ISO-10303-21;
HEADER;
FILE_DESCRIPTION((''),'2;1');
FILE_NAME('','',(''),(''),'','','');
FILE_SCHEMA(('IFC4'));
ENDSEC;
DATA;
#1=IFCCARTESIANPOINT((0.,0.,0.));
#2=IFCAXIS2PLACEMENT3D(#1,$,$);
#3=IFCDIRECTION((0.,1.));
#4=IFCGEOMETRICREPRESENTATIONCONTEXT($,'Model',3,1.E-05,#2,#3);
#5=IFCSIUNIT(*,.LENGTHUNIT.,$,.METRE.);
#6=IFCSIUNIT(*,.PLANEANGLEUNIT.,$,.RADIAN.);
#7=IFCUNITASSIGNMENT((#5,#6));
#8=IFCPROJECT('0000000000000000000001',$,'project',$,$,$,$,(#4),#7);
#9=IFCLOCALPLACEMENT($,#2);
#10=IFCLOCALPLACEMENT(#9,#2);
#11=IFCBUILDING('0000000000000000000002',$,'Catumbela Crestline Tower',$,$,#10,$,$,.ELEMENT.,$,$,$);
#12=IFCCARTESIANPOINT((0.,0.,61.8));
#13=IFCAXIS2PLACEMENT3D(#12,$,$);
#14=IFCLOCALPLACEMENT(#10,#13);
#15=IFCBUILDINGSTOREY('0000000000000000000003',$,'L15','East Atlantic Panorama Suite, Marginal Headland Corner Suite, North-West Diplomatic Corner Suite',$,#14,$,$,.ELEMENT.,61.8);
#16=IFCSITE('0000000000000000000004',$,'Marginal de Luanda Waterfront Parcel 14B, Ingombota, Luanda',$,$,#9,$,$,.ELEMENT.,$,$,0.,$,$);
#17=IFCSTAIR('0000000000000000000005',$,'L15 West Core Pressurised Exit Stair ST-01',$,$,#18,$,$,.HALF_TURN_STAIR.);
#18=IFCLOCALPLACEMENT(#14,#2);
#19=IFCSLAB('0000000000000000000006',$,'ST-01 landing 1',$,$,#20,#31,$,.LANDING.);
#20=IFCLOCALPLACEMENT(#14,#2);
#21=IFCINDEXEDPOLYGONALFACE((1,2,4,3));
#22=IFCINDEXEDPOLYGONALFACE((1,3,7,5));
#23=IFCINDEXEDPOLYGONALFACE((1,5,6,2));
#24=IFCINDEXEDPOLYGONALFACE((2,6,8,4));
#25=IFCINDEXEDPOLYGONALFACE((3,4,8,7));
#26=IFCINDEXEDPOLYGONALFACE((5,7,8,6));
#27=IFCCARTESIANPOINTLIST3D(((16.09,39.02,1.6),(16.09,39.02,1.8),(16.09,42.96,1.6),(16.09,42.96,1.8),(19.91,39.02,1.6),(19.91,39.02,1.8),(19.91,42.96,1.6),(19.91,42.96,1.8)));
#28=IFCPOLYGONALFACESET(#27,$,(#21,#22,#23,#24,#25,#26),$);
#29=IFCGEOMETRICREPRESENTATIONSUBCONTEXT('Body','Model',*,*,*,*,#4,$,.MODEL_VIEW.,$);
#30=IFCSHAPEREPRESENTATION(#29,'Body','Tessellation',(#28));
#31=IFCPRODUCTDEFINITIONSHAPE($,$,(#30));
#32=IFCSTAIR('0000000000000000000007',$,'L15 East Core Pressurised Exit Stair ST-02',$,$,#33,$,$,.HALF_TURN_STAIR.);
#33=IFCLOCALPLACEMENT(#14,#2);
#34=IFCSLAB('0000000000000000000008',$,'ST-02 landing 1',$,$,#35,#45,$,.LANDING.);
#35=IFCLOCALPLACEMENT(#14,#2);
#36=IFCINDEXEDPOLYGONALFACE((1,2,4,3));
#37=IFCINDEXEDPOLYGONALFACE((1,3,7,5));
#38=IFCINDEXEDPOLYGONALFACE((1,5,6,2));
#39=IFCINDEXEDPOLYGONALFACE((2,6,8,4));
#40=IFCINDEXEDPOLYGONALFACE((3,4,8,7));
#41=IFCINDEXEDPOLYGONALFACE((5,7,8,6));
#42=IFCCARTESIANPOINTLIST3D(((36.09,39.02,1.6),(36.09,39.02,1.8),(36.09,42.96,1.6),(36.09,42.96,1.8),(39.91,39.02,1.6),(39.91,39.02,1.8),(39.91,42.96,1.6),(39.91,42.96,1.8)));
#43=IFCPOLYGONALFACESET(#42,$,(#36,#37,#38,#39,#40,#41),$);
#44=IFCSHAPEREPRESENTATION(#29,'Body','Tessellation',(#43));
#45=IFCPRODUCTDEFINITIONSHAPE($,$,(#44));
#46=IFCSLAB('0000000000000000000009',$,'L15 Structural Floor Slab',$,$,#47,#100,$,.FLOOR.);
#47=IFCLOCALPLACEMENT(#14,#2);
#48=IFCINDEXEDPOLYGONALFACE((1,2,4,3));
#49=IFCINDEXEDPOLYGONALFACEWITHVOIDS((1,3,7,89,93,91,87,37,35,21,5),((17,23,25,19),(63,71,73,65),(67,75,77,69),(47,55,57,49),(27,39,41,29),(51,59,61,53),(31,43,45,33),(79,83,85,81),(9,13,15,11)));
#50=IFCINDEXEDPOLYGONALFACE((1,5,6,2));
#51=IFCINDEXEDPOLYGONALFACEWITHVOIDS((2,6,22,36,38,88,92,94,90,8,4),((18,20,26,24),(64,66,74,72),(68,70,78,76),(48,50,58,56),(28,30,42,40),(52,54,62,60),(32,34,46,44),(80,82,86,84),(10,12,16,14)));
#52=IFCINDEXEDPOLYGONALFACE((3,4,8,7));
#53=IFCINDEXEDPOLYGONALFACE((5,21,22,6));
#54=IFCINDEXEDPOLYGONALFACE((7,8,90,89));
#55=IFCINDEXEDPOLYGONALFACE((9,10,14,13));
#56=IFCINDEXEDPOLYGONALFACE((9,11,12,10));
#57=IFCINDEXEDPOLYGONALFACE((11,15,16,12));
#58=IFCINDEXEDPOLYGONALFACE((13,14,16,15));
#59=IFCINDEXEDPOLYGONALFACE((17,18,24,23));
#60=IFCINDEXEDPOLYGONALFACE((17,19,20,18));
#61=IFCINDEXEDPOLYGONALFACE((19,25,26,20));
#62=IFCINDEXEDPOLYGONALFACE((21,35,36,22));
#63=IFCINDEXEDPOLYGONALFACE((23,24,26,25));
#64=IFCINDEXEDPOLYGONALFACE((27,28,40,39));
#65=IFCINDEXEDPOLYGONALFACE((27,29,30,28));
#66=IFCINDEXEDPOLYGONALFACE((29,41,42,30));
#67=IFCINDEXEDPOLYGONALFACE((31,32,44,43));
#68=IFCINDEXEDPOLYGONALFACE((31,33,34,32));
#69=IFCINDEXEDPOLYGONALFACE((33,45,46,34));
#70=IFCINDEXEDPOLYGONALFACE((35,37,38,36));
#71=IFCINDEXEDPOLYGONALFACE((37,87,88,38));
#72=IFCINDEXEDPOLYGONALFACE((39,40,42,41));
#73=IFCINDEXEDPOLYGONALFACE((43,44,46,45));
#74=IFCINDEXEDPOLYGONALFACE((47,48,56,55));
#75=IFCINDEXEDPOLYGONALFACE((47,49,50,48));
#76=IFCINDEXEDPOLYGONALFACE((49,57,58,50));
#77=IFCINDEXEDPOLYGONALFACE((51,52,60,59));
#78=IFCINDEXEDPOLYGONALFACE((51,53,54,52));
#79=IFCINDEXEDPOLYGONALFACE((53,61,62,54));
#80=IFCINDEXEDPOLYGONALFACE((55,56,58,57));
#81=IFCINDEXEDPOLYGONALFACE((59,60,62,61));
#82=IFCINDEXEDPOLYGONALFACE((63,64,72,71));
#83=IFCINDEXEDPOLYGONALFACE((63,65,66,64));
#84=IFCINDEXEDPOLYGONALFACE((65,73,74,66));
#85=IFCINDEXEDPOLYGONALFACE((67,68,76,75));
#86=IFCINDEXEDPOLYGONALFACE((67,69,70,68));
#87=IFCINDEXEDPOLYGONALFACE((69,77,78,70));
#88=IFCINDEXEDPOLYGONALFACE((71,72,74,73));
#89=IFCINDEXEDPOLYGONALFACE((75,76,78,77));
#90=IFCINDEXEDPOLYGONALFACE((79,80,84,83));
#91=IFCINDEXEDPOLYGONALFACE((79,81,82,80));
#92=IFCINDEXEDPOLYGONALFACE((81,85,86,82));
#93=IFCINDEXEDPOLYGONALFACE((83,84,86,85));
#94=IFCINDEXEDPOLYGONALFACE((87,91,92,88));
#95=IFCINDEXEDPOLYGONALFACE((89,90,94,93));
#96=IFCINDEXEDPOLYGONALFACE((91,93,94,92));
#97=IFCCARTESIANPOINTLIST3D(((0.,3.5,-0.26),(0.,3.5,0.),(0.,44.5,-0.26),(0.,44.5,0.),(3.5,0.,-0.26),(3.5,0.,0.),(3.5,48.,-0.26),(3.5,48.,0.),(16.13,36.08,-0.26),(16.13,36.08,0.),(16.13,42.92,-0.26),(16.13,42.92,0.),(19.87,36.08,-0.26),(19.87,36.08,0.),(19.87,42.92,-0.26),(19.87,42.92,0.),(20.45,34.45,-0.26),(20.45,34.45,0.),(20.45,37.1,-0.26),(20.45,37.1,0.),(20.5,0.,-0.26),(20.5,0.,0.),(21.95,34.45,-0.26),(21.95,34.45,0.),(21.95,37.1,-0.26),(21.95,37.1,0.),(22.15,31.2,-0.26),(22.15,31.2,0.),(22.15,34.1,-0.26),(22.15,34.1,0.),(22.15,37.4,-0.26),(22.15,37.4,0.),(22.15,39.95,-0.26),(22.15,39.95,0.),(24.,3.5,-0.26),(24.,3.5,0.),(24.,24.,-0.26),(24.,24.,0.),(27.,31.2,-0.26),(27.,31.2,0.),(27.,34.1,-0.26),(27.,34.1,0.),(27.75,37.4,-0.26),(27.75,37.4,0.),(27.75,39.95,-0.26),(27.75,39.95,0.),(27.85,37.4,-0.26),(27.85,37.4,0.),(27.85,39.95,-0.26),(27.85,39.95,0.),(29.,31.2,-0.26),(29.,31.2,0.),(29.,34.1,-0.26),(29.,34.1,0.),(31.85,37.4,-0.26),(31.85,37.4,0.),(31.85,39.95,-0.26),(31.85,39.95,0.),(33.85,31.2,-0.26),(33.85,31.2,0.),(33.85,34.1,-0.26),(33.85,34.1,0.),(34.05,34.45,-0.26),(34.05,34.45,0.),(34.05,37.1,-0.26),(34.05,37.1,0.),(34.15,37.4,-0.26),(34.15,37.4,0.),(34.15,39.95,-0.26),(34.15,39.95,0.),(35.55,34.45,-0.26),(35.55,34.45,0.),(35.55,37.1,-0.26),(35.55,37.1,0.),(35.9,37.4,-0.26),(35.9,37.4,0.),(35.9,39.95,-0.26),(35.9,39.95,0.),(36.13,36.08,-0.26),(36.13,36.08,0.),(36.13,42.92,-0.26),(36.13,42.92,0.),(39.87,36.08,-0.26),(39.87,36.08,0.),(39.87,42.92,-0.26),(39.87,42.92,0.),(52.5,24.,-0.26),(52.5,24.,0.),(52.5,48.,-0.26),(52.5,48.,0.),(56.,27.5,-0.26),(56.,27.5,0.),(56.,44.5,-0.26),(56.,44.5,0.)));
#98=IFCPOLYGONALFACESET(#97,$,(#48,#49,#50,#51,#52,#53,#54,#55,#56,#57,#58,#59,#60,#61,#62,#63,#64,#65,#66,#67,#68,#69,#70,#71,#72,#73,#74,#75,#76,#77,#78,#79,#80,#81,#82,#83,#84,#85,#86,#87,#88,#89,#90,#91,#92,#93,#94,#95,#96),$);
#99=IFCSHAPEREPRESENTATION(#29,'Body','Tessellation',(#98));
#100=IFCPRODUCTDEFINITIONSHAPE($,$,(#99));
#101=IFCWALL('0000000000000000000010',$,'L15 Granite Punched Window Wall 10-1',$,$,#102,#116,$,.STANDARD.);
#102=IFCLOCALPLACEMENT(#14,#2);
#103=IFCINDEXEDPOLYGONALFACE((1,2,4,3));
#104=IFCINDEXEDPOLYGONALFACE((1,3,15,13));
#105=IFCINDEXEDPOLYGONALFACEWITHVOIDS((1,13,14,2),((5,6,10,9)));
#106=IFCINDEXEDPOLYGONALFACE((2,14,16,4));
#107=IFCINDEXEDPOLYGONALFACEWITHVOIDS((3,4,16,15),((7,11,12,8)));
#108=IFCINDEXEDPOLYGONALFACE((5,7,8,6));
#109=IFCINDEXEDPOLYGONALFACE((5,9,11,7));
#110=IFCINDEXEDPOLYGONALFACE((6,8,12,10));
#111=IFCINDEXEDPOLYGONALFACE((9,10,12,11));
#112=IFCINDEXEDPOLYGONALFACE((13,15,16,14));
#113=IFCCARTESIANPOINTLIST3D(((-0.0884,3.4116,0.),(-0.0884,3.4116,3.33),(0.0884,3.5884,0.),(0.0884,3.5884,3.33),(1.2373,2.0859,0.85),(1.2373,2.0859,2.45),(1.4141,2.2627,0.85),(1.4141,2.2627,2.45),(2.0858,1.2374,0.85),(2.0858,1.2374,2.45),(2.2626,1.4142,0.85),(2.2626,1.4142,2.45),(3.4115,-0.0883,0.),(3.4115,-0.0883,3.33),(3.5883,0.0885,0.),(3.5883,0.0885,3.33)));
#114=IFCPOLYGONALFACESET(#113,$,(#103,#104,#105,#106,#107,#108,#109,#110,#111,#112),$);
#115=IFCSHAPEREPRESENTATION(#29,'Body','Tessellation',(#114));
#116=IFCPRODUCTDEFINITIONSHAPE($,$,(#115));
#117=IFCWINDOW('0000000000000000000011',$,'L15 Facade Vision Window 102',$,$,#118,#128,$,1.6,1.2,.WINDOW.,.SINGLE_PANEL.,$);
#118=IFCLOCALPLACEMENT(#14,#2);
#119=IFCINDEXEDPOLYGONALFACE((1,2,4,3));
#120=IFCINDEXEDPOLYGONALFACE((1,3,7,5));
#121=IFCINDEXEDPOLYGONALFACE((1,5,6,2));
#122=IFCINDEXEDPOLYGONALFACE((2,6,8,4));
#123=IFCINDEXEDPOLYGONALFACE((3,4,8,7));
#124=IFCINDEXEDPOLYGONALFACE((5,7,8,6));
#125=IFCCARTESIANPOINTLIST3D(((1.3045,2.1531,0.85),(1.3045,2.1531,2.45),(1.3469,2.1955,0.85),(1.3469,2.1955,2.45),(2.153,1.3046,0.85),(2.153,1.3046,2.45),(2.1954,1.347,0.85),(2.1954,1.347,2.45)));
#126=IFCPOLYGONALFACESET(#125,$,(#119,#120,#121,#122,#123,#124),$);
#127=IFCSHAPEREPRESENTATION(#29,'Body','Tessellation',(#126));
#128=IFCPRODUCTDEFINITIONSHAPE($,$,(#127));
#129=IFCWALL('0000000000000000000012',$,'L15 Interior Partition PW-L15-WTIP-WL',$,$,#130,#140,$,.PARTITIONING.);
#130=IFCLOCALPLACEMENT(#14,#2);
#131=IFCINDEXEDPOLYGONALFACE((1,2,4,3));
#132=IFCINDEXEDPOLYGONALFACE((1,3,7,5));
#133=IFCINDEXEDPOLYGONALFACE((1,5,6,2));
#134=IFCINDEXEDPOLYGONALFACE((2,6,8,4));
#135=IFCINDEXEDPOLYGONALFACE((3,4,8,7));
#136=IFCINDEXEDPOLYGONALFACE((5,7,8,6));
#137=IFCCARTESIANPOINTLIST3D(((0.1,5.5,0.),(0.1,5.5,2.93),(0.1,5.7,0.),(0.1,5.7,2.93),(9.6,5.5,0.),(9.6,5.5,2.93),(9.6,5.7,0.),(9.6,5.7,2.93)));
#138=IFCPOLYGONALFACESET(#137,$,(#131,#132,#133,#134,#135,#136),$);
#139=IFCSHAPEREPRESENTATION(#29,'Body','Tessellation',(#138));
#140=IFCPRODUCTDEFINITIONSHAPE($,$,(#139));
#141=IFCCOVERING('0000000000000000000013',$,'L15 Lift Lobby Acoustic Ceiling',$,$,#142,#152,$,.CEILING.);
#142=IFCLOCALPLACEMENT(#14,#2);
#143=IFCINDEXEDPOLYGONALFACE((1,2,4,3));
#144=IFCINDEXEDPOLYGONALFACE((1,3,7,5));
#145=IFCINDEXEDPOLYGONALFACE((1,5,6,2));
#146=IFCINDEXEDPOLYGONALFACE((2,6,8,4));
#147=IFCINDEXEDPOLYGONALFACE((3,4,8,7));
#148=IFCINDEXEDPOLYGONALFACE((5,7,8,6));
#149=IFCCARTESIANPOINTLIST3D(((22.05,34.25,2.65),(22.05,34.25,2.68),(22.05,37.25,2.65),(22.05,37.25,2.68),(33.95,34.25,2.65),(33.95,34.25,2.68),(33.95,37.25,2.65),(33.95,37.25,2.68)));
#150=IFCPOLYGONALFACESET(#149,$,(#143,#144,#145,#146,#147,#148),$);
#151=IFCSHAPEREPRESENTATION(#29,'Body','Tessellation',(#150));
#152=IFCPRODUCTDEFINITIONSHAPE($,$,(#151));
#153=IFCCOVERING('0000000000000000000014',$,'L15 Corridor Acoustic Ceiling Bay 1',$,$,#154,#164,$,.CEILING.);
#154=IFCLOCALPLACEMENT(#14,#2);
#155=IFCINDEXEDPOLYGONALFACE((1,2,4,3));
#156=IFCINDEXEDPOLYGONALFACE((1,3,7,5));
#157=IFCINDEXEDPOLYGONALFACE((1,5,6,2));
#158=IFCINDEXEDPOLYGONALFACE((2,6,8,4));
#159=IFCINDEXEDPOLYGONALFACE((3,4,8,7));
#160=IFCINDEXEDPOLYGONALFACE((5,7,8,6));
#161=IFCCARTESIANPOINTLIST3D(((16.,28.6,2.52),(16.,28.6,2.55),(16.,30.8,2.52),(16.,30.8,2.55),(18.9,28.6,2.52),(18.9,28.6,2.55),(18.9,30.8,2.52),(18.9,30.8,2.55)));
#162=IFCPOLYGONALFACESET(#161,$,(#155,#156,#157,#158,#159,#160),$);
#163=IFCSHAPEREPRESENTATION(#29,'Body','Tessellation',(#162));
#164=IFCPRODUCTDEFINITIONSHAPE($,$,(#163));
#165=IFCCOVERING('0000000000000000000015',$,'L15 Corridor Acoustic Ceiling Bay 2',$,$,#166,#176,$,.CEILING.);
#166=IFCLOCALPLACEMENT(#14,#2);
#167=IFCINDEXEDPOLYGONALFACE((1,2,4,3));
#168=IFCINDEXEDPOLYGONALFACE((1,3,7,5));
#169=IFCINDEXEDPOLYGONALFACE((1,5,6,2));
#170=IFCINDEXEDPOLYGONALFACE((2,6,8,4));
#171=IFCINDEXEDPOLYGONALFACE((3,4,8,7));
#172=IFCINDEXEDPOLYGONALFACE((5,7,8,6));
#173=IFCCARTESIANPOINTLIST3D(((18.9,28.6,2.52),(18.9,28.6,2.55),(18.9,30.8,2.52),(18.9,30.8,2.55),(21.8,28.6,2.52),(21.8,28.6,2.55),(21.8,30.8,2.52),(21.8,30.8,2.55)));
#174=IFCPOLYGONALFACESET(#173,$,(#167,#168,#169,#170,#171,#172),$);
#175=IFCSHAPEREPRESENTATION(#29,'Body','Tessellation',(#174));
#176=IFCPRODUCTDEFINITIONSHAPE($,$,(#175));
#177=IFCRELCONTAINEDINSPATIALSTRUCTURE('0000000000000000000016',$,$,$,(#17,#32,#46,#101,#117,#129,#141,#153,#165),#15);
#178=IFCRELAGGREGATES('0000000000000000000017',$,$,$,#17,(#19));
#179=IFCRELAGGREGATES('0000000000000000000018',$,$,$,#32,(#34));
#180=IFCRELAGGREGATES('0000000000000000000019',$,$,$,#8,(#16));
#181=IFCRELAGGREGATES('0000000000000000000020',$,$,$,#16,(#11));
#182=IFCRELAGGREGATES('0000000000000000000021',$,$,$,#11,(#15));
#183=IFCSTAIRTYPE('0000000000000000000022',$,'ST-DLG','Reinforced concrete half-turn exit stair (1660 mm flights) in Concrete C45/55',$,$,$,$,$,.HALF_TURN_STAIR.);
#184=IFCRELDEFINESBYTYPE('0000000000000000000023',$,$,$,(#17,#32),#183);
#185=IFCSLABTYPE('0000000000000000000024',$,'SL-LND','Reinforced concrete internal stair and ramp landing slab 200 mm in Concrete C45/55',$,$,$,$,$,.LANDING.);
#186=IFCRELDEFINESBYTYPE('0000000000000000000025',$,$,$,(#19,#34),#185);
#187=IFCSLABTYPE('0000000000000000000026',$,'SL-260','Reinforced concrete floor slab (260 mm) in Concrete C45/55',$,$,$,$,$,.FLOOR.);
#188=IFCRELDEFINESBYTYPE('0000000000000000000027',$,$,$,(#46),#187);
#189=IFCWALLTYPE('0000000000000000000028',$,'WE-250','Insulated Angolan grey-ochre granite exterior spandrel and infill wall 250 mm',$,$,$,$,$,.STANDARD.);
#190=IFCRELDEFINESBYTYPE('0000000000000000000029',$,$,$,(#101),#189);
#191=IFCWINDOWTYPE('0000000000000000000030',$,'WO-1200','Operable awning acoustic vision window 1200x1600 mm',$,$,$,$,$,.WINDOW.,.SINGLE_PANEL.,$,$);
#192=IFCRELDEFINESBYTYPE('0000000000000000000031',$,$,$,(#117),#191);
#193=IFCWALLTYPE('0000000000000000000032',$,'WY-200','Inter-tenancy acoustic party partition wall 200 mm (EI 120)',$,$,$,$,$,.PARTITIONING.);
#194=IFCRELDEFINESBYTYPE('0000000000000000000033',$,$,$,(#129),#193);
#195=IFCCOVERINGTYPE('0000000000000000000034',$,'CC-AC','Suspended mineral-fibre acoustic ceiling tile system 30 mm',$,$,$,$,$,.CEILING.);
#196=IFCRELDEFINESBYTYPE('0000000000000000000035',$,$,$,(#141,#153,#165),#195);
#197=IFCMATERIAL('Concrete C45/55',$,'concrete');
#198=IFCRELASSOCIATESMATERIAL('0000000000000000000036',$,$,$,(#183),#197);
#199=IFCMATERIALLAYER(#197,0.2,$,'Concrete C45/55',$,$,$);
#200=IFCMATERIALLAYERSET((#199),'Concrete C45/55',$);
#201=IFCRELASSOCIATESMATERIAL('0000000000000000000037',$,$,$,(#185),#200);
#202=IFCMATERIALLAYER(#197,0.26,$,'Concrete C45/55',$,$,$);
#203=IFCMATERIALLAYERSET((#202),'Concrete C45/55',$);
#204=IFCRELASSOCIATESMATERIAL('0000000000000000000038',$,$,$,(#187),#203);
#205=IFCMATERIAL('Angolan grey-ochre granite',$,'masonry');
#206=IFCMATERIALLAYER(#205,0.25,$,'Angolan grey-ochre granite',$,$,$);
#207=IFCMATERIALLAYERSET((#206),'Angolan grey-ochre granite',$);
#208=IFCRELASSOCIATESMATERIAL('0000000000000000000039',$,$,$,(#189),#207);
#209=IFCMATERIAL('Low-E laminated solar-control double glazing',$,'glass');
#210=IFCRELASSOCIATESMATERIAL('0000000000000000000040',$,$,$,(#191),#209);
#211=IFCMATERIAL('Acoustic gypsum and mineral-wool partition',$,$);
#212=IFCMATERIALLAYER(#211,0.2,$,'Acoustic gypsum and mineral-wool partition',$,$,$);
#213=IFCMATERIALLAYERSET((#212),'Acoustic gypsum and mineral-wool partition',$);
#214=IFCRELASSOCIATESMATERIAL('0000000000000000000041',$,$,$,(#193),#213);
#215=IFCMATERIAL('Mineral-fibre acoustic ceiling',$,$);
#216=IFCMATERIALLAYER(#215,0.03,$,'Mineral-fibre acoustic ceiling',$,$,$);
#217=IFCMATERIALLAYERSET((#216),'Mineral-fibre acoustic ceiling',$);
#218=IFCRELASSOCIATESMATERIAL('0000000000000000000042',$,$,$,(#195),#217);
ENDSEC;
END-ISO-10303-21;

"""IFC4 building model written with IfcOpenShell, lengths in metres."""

from ifc_helpers import new_model, si_unit, direction, frame, frame_2d, origin, place, context, subcontext, project, spatial, polyline, rectangle, outline, extrude, material, layer, layer_set, type_object, element, fill, aggregate, save


model = new_model("IFC4")

# Units and contexts
model_context = context("Model", 3, precision=1e-05, world=origin(), true_north=direction((0.0, 1.0)))
body_context = subcontext(model_context, "Body", "Model", "MODEL_VIEW")
ifc_project = project(units=[si_unit("LENGTHUNIT", "METRE"), si_unit("PLANEANGLEUNIT", "RADIAN")], contexts=[model_context])

# Site, building, storey
site_placement = place(None, origin())
site = spatial("IfcSite", under=ifc_project, at=site_placement, Name="Marginal de Luanda Waterfront Parcel 14B, Ingombota, Luanda", CompositionType="ELEMENT", RefElevation=0.0)
building_placement = place(site_placement, origin())
building = spatial("IfcBuilding", under=site, at=building_placement, Name="Catumbela Crestline Tower", CompositionType="ELEMENT")
storey_placement = place(building_placement, frame((0.0, 0.0, 61.8)))
storey = spatial("IfcBuildingStorey", under=building, at=storey_placement, Name="L15", Description="East Atlantic Panorama Suite, Marginal Headland Corner Suite, North-West Diplomatic Corner Suite", CompositionType="ELEMENT", Elevation=61.8)

# Shared definitions
ifc_material_1 = material(Name="Low-E laminated solar-control double glazing", Category="glass")

# Stairs, slabs
ifc_material_2 = material(Name="Concrete C45/55", Category="concrete")
stair_type = type_object("IfcStairType", Name="ST-DLG", Description="Reinforced concrete half-turn exit stair (1660 mm flights) in Concrete C45/55", PredefinedType="HALF_TURN_STAIR", material=ifc_material_2)
stair_1_placement = place(storey_placement, origin())
stair_1 = element("IfcStair", 1, at=stair_1_placement, inside=storey, type_object=stair_type, Name="L15 West Core Pressurised Exit Stair ST-01", PredefinedType="HALF_TURN_STAIR")
ifc_layer_1 = layer(ifc_material_2, 0.2, Name="Concrete C45/55")
ifc_layer_set_1 = layer_set([ifc_layer_1], Name="Concrete C45/55")
slab_type_1 = type_object("IfcSlabType", Name="SL-LND", Description="Reinforced concrete internal stair and ramp landing slab 200 mm in Concrete C45/55", PredefinedType="LANDING", material=ifc_layer_set_1)
slab_1_placement = place(storey_placement, frame((0.0, 0.0, 1.6)))
slab_1 = element("IfcSlab", 2, at=slab_1_placement, type_object=slab_type_1, Name="ST-01 landing 1", PredefinedType="LANDING", context=body_context, shape_type="SweptSolid", body=[
    extrude(outline(polyline([(19.91, 39.02), (19.91, 42.96), (16.09, 42.96), (16.09, 39.02), (19.91, 39.02)])), origin(), (0.0, 0.0, 1.0), 0.2),
])
aggregate(stair_1, [slab_1])
stair_2_placement = place(storey_placement, origin())
stair_2 = element("IfcStair", 3, at=stair_2_placement, inside=storey, type_object=stair_type, Name="L15 East Core Pressurised Exit Stair ST-02", PredefinedType="HALF_TURN_STAIR")
slab_2_placement = place(storey_placement, frame((0.0, 0.0, 1.6)))
slab_2 = element("IfcSlab", 4, at=slab_2_placement, type_object=slab_type_1, Name="ST-02 landing 1", PredefinedType="LANDING", context=body_context, shape_type="SweptSolid", body=[
    extrude(outline(polyline([(39.91, 39.02), (39.91, 42.96), (36.09, 42.96), (36.09, 39.02), (39.91, 39.02)])), origin(), (0.0, 0.0, 1.0), 0.2),
])
aggregate(stair_2, [slab_2])

# Slab
ifc_layer_2 = layer(ifc_material_2, 0.26, Name="Concrete C45/55")
ifc_layer_set_2 = layer_set([ifc_layer_2], Name="Concrete C45/55")
slab_type_2 = type_object("IfcSlabType", Name="SL-260", Description="Reinforced concrete floor slab (260 mm) in Concrete C45/55", PredefinedType="FLOOR", material=ifc_layer_set_2)
slab_3_placement = place(storey_placement, frame((0.0, 0.0, -0.26)))
element("IfcSlab", 5, at=slab_3_placement, inside=storey, type_object=slab_type_2, Name="L15 Structural Floor Slab", PredefinedType="FLOOR", context=body_context, shape_type="SweptSolid", body=[
    extrude(outline(polyline([(3.5, 0.0), (20.5, 0.0), (24.0, 3.5), (24.0, 24.0), (52.5, 24.0), (56.0, 27.5), (56.0, 44.5), (52.5, 48.0), (3.5, 48.0), (0.0, 44.5), (0.0, 3.5), (3.5, 0.0)]), holes=[polyline([(16.13, 36.08), (19.87, 36.08), (19.87, 42.92), (16.13, 42.92), (16.13, 36.08)]), polyline([(36.13, 36.08), (39.87, 36.08), (39.87, 42.92), (36.13, 42.92), (36.13, 36.08)]), polyline([(22.15, 31.2), (27.0, 31.2), (27.0, 34.1), (22.15, 34.1), (22.15, 31.2)]), polyline([(29.0, 31.2), (33.85, 31.2), (33.85, 34.1), (29.0, 34.1), (29.0, 31.2)]), polyline([(22.15, 37.4), (27.75, 37.4), (27.75, 39.95), (22.15, 39.95), (22.15, 37.4)]), polyline([(27.85, 37.4), (31.85, 37.4), (31.85, 39.95), (27.85, 39.95), (27.85, 37.4)]), polyline([(20.45, 34.45), (21.95, 34.45), (21.95, 37.1), (20.45, 37.1), (20.45, 34.45)]), polyline([(34.05, 34.45), (35.55, 34.45), (35.55, 37.1), (34.05, 37.1), (34.05, 34.45)]), polyline([(34.15, 37.4), (35.9, 37.4), (35.9, 39.95), (34.15, 39.95), (34.15, 37.4)])]), origin(), (0.0, 0.0, 1.0), 0.26),
])

# Wall, opening, window
ifc_material_3 = material(Name="Angolan grey-ochre granite", Category="masonry")
ifc_layer_3 = layer(ifc_material_3, 0.25, Name="Angolan grey-ochre granite")
ifc_layer_set_3 = layer_set([ifc_layer_3], Name="Angolan grey-ochre granite")
wall_type_1 = type_object("IfcWallType", Name="WE-250", Description="Insulated Angolan grey-ochre granite exterior spandrel and infill wall 250 mm", PredefinedType="STANDARD", material=ifc_layer_set_3)
wall_1_placement = place(storey_placement, frame((0.0, 3.5, 0.0), z_axis=(0.0, 0.0, 1.0), x_axis=(0.707107, -0.707107, 0.0)))
wall_1 = element("IfcWall", 6, at=wall_1_placement, inside=storey, type_object=wall_type_1, Name="L15 Granite Punched Window Wall 10-1", PredefinedType="STANDARD", context=body_context, shape_type="SweptSolid", body=[
    extrude(rectangle(XDim=4.9497, YDim=0.25, at=frame_2d((2.4748, 0.0))), origin(), (0.0, 0.0, 1.0), 3.33),
])
opening_placement = place(wall_1_placement, frame((1.8748, 0.0, 0.85)))
opening = element("IfcOpeningElement", 7, at=opening_placement, cuts=wall_1, PredefinedType="OPENING", context=body_context, shape_type="SweptSolid", body=[
    extrude(rectangle(XDim=1.2, YDim=1.6, at=frame_2d((0.6, 0.8))), frame((0.0, 0.135, 0.0), z_axis=(0.0, -1.0, 0.0), x_axis=(1.0, 0.0, 0.0)), (0.0, 0.0, 1.0), 0.27),
])
window_type = type_object("IfcWindowType", Name="WO-1200", Description="Operable awning acoustic vision window 1200x1600 mm", PartitioningType="SINGLE_PANEL", PredefinedType="WINDOW", material=ifc_material_1)
window_placement = place(opening_placement, origin())
window = element("IfcWindow", 8, at=window_placement, inside=storey, type_object=window_type, Name="L15 Facade Vision Window 102", OverallHeight=1.6, OverallWidth=1.2, PartitioningType="SINGLE_PANEL", PredefinedType="WINDOW", context=body_context, shape_type="SweptSolid", body=[
    extrude(rectangle(XDim=1.2, YDim=1.6, at=frame_2d((0.6, 0.8))), frame((0.0, 0.03, 0.0), z_axis=(0.0, -1.0, 0.0), x_axis=(1.0, 0.0, 0.0)), (0.0, 0.0, 1.0), 0.06),
])
fill(opening, window)

# Wall
ifc_material_4 = material(Name="Acoustic gypsum and mineral-wool partition")
ifc_layer_4 = layer(ifc_material_4, 0.2, Name="Acoustic gypsum and mineral-wool partition")
ifc_layer_set_4 = layer_set([ifc_layer_4], Name="Acoustic gypsum and mineral-wool partition")
wall_type_2 = type_object("IfcWallType", Name="WY-200", Description="Inter-tenancy acoustic party partition wall 200 mm (EI 120)", PredefinedType="PARTITIONING", material=ifc_layer_set_4)
wall_2_placement = place(storey_placement, frame((0.1, 5.6, 0.0), z_axis=(0.0, 0.0, 1.0), x_axis=(1.0, 0.0, 0.0)))
element("IfcWall", 9, at=wall_2_placement, inside=storey, type_object=wall_type_2, Name="L15 Interior Partition PW-L15-WTIP-WL", PredefinedType="PARTITIONING", context=body_context, shape_type="SweptSolid", body=[
    extrude(rectangle(XDim=9.5, YDim=0.2, at=frame_2d((4.75, 0.0))), origin(), (0.0, 0.0, 1.0), 2.93),
])

# Coverings
ifc_material_5 = material(Name="Mineral-fibre acoustic ceiling")
ifc_layer_5 = layer(ifc_material_5, 0.03, Name="Mineral-fibre acoustic ceiling")
ifc_layer_set_5 = layer_set([ifc_layer_5], Name="Mineral-fibre acoustic ceiling")
covering_type_1 = type_object("IfcCoveringType", Name="CC-AC", Description="Suspended mineral-fibre acoustic ceiling tile system 30 mm", PredefinedType="CEILING", material=ifc_layer_set_5)
covering_1_placement = place(storey_placement, frame((0.0, 0.0, 2.65)))
element("IfcCovering", 10, at=covering_1_placement, inside=storey, type_object=covering_type_1, Name="L15 Lift Lobby Acoustic Ceiling", PredefinedType="CEILING", context=body_context, shape_type="SweptSolid", body=[
    extrude(outline(polyline([(22.05, 34.25), (33.95, 34.25), (33.95, 37.25), (22.05, 37.25), (22.05, 34.25)])), origin(), (0.0, 0.0, 1.0), 0.03),
])
covering_2_placement = place(storey_placement, frame((0.0, 0.0, 2.52)))
element("IfcCovering", 11, at=covering_2_placement, inside=storey, type_object=covering_type_1, Name="L15 Corridor Acoustic Ceiling Bay 1", PredefinedType="CEILING", context=body_context, shape_type="SweptSolid", body=[
    extrude(outline(polyline([(16.0, 28.6), (18.9, 28.6), (18.9, 30.8), (16.0, 30.8), (16.0, 28.6)])), origin(), (0.0, 0.0, 1.0), 0.03),
])
covering_3_placement = place(storey_placement, frame((0.0, 0.0, 2.52)))
element("IfcCovering", 12, at=covering_3_placement, inside=storey, type_object=covering_type_1, Name="L15 Corridor Acoustic Ceiling Bay 2", PredefinedType="CEILING", context=body_context, shape_type="SweptSolid", body=[
    extrude(outline(polyline([(18.9, 28.6), (21.8, 28.6), (21.8, 30.8), (18.9, 30.8), (18.9, 28.6)])), origin(), (0.0, 0.0, 1.0), 0.03),
])

save(model, "model.ifc")
